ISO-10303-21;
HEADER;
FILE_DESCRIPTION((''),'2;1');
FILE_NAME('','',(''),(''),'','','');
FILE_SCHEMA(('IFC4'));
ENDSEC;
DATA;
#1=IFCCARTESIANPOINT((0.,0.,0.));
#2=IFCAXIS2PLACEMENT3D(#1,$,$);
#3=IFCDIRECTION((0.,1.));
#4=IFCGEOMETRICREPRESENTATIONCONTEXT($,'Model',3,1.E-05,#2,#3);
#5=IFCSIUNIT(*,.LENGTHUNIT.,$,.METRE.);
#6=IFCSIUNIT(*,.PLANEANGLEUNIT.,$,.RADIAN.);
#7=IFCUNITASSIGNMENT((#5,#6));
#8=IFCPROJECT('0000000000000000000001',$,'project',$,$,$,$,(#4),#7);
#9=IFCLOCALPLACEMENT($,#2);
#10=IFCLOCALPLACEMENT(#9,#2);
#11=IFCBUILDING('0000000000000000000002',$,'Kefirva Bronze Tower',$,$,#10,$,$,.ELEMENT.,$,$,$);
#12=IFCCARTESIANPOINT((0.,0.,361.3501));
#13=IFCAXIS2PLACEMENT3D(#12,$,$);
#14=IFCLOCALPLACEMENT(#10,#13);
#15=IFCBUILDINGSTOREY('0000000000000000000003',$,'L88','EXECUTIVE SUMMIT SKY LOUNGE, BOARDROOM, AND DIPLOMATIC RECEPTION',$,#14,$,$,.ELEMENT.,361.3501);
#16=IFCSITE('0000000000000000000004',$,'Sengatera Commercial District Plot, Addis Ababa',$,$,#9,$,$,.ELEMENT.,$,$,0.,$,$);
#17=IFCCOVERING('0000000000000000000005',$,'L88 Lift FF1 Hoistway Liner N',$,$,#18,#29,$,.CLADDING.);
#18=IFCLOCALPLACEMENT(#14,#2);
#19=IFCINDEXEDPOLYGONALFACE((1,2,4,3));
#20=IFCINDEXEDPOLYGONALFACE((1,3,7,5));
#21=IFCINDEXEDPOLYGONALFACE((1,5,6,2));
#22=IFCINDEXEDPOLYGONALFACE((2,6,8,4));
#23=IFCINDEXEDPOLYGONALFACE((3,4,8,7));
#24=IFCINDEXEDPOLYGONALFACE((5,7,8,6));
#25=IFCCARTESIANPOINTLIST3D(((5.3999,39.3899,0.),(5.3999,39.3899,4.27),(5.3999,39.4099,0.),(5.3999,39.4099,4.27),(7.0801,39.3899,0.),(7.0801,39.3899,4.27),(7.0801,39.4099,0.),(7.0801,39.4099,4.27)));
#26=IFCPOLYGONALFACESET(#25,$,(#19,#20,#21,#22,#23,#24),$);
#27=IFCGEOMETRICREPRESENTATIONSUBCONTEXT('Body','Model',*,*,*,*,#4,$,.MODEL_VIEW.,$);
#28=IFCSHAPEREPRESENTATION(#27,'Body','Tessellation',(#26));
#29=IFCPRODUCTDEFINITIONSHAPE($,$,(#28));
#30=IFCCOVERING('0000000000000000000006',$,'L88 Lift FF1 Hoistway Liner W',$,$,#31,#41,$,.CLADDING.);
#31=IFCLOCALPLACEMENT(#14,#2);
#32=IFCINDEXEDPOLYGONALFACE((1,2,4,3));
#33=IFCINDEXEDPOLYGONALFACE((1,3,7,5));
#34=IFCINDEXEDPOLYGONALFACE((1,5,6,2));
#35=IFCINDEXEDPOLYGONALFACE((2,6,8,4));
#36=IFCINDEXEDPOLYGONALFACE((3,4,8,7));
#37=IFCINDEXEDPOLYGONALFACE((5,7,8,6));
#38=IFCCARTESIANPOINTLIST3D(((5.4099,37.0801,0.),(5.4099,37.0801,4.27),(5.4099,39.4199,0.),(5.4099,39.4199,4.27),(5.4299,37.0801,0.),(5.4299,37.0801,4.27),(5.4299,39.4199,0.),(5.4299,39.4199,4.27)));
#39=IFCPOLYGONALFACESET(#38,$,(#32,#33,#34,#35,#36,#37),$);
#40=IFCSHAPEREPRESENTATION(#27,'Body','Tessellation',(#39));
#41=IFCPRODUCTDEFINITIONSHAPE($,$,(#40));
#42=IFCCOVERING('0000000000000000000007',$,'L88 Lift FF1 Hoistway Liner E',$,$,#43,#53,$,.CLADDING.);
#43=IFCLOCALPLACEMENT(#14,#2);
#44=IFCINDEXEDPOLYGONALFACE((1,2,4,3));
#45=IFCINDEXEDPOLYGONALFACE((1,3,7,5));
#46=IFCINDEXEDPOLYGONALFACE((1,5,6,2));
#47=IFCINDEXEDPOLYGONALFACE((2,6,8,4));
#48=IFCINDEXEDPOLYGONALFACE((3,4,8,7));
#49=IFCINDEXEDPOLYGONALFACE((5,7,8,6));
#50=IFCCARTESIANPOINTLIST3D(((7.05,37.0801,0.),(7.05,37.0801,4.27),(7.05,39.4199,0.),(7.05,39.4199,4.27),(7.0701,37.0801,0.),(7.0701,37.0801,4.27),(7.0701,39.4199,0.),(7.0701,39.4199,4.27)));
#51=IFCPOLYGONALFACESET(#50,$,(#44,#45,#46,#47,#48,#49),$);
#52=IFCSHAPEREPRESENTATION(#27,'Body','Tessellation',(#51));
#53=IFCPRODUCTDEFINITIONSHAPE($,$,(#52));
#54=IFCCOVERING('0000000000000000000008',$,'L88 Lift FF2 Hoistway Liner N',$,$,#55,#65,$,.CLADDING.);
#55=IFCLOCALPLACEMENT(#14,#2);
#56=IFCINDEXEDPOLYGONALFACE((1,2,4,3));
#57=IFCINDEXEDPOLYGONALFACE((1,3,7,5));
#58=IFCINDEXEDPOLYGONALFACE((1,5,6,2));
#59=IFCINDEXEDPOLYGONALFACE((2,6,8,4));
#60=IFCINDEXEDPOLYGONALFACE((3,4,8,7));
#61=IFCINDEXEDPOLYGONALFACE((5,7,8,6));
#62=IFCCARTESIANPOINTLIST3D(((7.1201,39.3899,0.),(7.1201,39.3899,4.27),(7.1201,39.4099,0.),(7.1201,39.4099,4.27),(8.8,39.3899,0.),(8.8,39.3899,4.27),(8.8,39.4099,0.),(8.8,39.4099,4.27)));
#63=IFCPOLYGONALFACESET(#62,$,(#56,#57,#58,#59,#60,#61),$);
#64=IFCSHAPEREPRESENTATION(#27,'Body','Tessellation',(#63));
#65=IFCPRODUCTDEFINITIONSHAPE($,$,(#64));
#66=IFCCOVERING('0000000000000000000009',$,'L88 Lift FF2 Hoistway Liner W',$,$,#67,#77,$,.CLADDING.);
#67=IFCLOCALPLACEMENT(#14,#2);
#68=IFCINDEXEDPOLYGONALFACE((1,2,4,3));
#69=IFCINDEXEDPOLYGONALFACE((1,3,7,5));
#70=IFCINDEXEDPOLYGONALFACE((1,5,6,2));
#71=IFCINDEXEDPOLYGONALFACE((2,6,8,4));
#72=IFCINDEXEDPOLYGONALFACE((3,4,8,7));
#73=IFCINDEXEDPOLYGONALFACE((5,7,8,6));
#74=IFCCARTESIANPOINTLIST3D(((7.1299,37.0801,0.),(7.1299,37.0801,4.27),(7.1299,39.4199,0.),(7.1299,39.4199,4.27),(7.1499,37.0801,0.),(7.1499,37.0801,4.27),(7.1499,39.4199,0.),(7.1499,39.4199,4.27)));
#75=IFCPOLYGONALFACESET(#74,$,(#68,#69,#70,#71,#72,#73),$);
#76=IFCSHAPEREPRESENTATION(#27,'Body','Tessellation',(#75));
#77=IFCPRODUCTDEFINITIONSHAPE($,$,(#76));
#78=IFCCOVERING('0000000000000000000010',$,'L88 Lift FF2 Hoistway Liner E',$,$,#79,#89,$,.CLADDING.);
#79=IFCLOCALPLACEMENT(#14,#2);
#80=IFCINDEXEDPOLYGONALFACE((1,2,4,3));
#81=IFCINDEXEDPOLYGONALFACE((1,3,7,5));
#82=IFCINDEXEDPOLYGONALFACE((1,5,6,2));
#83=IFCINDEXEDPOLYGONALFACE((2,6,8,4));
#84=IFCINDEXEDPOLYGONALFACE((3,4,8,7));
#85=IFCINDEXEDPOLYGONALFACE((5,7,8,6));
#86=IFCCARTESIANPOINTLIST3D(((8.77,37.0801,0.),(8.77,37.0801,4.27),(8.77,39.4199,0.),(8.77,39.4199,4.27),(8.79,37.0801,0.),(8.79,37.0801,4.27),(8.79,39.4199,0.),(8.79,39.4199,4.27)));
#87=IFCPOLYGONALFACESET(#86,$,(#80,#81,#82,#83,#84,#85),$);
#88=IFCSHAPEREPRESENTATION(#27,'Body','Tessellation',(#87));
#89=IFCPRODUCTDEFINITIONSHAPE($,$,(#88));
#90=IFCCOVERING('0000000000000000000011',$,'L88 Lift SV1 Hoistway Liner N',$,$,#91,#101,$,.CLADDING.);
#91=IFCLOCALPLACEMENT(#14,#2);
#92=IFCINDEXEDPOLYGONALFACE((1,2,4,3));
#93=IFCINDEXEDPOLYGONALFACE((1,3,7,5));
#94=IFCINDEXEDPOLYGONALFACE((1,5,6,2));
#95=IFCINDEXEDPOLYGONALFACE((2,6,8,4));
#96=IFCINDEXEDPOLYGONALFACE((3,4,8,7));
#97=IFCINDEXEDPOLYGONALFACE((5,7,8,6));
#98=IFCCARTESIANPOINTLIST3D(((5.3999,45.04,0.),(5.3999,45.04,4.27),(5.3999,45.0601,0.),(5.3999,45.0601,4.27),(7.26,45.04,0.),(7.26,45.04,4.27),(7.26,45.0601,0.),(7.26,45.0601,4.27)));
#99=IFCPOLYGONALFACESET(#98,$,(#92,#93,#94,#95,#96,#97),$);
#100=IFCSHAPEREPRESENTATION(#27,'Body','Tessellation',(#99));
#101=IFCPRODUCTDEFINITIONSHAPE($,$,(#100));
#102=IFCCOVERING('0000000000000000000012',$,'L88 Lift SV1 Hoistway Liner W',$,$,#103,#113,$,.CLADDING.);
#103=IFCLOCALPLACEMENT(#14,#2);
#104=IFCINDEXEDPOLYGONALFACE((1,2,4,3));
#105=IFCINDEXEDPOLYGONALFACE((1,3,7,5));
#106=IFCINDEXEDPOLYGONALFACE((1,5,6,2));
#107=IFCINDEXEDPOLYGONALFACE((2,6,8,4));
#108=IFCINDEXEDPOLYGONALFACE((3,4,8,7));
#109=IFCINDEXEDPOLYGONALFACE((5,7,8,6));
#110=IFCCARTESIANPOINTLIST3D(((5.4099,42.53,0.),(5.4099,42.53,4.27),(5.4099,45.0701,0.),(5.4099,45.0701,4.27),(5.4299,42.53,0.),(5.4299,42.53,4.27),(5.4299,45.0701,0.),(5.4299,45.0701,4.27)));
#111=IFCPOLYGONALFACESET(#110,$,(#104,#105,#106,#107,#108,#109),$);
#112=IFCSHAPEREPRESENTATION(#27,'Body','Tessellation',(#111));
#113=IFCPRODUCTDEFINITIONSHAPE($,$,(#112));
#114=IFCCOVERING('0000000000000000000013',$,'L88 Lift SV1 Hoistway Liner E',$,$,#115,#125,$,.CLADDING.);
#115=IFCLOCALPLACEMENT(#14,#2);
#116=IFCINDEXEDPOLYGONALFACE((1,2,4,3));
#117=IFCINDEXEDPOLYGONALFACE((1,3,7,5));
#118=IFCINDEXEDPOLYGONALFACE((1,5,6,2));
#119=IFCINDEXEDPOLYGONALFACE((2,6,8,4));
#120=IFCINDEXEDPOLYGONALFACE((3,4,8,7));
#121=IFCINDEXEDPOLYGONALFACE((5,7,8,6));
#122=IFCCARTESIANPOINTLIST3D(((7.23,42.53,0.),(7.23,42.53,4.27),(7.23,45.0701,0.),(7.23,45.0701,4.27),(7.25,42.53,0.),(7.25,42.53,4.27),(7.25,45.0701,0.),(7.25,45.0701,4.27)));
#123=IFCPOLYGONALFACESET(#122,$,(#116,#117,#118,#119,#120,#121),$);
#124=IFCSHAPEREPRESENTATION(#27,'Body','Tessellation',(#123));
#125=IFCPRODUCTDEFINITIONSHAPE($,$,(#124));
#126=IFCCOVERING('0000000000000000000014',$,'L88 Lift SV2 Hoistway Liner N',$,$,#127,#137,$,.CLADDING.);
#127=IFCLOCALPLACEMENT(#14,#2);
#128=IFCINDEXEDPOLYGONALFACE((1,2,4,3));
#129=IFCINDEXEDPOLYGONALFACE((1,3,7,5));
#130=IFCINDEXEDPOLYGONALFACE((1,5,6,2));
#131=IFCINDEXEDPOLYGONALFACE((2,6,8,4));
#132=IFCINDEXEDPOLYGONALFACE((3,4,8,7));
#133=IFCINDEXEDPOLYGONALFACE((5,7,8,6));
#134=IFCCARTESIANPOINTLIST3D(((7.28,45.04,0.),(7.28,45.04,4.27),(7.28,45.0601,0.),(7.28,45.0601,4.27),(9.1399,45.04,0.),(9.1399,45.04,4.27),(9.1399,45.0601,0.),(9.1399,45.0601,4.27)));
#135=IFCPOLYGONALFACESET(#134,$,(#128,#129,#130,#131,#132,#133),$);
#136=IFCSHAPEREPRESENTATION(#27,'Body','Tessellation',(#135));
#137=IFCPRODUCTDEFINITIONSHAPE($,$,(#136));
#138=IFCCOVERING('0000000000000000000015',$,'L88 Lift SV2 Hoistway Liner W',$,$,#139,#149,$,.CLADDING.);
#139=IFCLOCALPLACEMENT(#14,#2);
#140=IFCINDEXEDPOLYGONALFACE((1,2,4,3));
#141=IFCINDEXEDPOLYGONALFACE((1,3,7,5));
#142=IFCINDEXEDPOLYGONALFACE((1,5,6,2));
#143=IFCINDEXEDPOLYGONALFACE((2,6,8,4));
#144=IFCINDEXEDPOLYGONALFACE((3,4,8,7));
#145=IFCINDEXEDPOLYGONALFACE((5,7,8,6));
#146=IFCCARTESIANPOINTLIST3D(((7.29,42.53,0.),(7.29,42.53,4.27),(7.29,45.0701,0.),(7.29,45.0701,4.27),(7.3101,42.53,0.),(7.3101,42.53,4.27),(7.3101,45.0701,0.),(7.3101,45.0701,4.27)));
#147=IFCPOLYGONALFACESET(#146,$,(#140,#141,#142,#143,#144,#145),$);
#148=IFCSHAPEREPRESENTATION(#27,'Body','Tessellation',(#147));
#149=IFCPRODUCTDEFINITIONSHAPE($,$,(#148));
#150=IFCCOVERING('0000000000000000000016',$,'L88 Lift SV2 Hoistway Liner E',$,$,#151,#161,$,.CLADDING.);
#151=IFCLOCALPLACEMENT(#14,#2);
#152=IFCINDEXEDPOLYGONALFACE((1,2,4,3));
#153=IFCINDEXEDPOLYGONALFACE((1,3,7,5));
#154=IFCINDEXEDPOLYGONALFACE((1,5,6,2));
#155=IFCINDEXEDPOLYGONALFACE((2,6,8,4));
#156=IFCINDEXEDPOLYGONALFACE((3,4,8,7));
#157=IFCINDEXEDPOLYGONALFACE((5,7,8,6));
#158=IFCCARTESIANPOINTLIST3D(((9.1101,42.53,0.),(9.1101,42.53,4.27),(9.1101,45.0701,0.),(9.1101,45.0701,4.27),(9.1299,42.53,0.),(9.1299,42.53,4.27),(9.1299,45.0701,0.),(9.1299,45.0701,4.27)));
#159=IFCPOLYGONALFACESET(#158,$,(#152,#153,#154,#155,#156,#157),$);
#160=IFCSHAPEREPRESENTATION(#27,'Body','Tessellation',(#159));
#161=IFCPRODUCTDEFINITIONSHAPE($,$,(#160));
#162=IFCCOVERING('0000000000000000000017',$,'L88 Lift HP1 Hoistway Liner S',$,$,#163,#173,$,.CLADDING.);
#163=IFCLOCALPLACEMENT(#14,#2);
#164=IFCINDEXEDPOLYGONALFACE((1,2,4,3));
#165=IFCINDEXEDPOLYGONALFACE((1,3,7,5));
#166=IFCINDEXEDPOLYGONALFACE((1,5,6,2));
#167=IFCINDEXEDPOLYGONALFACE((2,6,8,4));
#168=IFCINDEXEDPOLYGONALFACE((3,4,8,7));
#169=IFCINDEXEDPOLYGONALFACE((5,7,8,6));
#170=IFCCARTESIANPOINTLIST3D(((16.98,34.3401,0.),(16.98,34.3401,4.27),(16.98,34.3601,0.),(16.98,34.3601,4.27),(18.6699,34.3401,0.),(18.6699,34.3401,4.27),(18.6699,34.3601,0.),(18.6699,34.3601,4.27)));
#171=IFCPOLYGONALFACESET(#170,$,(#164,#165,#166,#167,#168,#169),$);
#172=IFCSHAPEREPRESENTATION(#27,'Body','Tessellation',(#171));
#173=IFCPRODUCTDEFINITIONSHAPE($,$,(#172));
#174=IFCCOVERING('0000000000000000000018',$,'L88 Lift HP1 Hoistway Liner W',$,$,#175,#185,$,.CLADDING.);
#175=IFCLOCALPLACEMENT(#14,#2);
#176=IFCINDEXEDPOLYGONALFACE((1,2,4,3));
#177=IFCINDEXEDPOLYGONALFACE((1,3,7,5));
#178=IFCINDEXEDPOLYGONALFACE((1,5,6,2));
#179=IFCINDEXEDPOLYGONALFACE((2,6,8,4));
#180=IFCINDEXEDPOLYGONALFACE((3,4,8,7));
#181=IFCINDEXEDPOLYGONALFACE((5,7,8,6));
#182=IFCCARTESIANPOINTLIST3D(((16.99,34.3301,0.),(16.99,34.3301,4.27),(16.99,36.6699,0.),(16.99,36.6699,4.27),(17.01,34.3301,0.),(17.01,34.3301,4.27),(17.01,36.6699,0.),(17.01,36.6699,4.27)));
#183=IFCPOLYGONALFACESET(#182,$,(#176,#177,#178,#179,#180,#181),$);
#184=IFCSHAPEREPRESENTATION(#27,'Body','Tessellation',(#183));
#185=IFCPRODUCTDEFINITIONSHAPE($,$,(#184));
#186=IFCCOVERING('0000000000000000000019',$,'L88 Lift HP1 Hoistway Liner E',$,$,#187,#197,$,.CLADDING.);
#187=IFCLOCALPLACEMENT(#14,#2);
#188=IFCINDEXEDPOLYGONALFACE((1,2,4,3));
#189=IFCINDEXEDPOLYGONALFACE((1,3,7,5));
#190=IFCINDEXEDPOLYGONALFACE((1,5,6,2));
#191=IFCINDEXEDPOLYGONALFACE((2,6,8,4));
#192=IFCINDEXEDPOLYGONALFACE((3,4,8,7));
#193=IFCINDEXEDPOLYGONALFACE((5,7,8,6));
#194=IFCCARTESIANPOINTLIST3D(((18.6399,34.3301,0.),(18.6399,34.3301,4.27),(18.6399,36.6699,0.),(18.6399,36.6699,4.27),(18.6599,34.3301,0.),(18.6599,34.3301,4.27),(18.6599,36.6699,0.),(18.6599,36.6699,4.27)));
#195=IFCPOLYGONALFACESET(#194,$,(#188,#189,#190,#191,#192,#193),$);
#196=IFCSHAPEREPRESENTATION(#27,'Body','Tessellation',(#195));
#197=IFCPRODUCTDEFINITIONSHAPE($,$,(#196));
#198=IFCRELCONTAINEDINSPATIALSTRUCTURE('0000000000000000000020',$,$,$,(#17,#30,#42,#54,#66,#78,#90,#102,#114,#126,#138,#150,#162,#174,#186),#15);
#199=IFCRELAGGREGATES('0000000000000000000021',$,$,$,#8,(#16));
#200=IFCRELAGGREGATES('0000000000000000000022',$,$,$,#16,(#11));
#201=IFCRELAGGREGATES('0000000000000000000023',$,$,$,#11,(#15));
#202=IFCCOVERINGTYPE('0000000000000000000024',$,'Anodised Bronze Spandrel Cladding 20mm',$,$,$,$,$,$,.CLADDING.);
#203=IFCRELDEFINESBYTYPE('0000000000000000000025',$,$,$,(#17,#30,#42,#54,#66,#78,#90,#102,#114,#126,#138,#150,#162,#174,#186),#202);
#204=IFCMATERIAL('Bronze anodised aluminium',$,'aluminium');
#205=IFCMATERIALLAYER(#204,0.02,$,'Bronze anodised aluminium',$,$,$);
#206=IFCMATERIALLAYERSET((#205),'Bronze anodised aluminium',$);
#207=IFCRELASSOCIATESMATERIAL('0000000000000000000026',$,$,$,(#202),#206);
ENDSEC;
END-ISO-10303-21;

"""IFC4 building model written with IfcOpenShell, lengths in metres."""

from ifc_helpers import new_model, si_unit, direction, frame, origin, place, context, subcontext, project, spatial, polyline, outline, extrude, material, layer, layer_set, type_object, element, save


model = new_model("IFC4")

# Units and contexts
model_context = context("Model", 3, precision=1e-05, world=origin(), true_north=direction((0.0, 1.0)))
body_context = subcontext(model_context, "Body", "Model", "MODEL_VIEW")
ifc_project = project(units=[si_unit("LENGTHUNIT", "METRE"), si_unit("PLANEANGLEUNIT", "RADIAN")], contexts=[model_context])

# Site, building, storey
site_placement = place(None, origin())
site = spatial("IfcSite", under=ifc_project, at=site_placement, Name="Sengatera Commercial District Plot, Addis Ababa", CompositionType="ELEMENT", RefElevation=0.0)
building_placement = place(site_placement, origin())
building = spatial("IfcBuilding", under=site, at=building_placement, Name="Kefirva Bronze Tower", CompositionType="ELEMENT")
storey_placement = place(building_placement, frame((0.0, 0.0, 361.3501)))
storey = spatial("IfcBuildingStorey", under=building, at=storey_placement, Name="L88", Description="EXECUTIVE SUMMIT SKY LOUNGE, BOARDROOM, AND DIPLOMATIC RECEPTION", CompositionType="ELEMENT", Elevation=361.3501)

# Shared definitions
ifc_material_1 = material(Name="Bronze anodised aluminium", Category="aluminium")

# Coverings
ifc_layer_1 = layer(ifc_material_1, 0.02, Name="Bronze anodised aluminium")
ifc_layer_set_1 = layer_set([ifc_layer_1], Name="Bronze anodised aluminium")
covering_type_1 = type_object("IfcCoveringType", Name="Anodised Bronze Spandrel Cladding 20mm", PredefinedType="CLADDING", material=ifc_layer_set_1)
covering_1_placement = place(storey_placement, origin())
element("IfcCovering", 1, at=covering_1_placement, inside=storey, type_object=covering_type_1, Name="L88 Lift FF1 Hoistway Liner N", PredefinedType="CLADDING", context=body_context, shape_type="SweptSolid", body=[
    extrude(outline(polyline([(5.3999, 39.3899), (7.0801, 39.3899), (7.0801, 39.4099), (5.3999, 39.4099), (5.3999, 39.3899)])), origin(), (0.0, 0.0, 1.0), 4.27),
])
covering_2_placement = place(storey_placement, origin())
element("IfcCovering", 2, at=covering_2_placement, inside=storey, type_object=covering_type_1, Name="L88 Lift FF1 Hoistway Liner W", PredefinedType="CLADDING", context=body_context, shape_type="SweptSolid", body=[
    extrude(outline(polyline([(5.4099, 37.0801), (5.4299, 37.0801), (5.4299, 39.4199), (5.4099, 39.4199), (5.4099, 37.0801)])), origin(), (0.0, 0.0, 1.0), 4.27),
])
covering_3_placement = place(storey_placement, origin())
element("IfcCovering", 3, at=covering_3_placement, inside=storey, type_object=covering_type_1, Name="L88 Lift FF1 Hoistway Liner E", PredefinedType="CLADDING", context=body_context, shape_type="SweptSolid", body=[
    extrude(outline(polyline([(7.05, 37.0801), (7.0701, 37.0801), (7.0701, 39.4199), (7.05, 39.4199), (7.05, 37.0801)])), origin(), (0.0, 0.0, 1.0), 4.27),
])
covering_4_placement = place(storey_placement, origin())
element("IfcCovering", 4, at=covering_4_placement, inside=storey, type_object=covering_type_1, Name="L88 Lift FF2 Hoistway Liner N", PredefinedType="CLADDING", context=body_context, shape_type="SweptSolid", body=[
    extrude(outline(polyline([(7.1201, 39.3899), (8.8, 39.3899), (8.8, 39.4099), (7.1201, 39.4099), (7.1201, 39.3899)])), origin(), (0.0, 0.0, 1.0), 4.27),
])
covering_5_placement = place(storey_placement, origin())
element("IfcCovering", 5, at=covering_5_placement, inside=storey, type_object=covering_type_1, Name="L88 Lift FF2 Hoistway Liner W", PredefinedType="CLADDING", context=body_context, shape_type="SweptSolid", body=[
    extrude(outline(polyline([(7.1299, 37.0801), (7.1499, 37.0801), (7.1499, 39.4199), (7.1299, 39.4199), (7.1299, 37.0801)])), origin(), (0.0, 0.0, 1.0), 4.27),
])
covering_6_placement = place(storey_placement, origin())
element("IfcCovering", 6, at=covering_6_placement, inside=storey, type_object=covering_type_1, Name="L88 Lift FF2 Hoistway Liner E", PredefinedType="CLADDING", context=body_context, shape_type="SweptSolid", body=[
    extrude(outline(polyline([(8.77, 37.0801), (8.79, 37.0801), (8.79, 39.4199), (8.77, 39.4199), (8.77, 37.0801)])), origin(), (0.0, 0.0, 1.0), 4.27),
])
covering_7_placement = place(storey_placement, origin())
element("IfcCovering", 7, at=covering_7_placement, inside=storey, type_object=covering_type_1, Name="L88 Lift SV1 Hoistway Liner N", PredefinedType="CLADDING", context=body_context, shape_type="SweptSolid", body=[
    extrude(outline(polyline([(5.3999, 45.04), (7.26, 45.04), (7.26, 45.0601), (5.3999, 45.0601), (5.3999, 45.04)])), origin(), (0.0, 0.0, 1.0), 4.27),
])
covering_8_placement = place(storey_placement, origin())
element("IfcCovering", 8, at=covering_8_placement, inside=storey, type_object=covering_type_1, Name="L88 Lift SV1 Hoistway Liner W", PredefinedType="CLADDING", context=body_context, shape_type="SweptSolid", body=[
    extrude(outline(polyline([(5.4099, 42.53), (5.4299, 42.53), (5.4299, 45.0701), (5.4099, 45.0701), (5.4099, 42.53)])), origin(), (0.0, 0.0, 1.0), 4.27),
])
covering_9_placement = place(storey_placement, origin())
element("IfcCovering", 9, at=covering_9_placement, inside=storey, type_object=covering_type_1, Name="L88 Lift SV1 Hoistway Liner E", PredefinedType="CLADDING", context=body_context, shape_type="SweptSolid", body=[
    extrude(outline(polyline([(7.23, 42.53), (7.25, 42.53), (7.25, 45.0701), (7.23, 45.0701), (7.23, 42.53)])), origin(), (0.0, 0.0, 1.0), 4.27),
])
covering_10_placement = place(storey_placement, origin())
element("IfcCovering", 10, at=covering_10_placement, inside=storey, type_object=covering_type_1, Name="L88 Lift SV2 Hoistway Liner N", PredefinedType="CLADDING", context=body_context, shape_type="SweptSolid", body=[
    extrude(outline(polyline([(7.28, 45.04), (9.1399, 45.04), (9.1399, 45.0601), (7.28, 45.0601), (7.28, 45.04)])), origin(), (0.0, 0.0, 1.0), 4.27),
])
covering_11_placement = place(storey_placement, origin())
element("IfcCovering", 11, at=covering_11_placement, inside=storey, type_object=covering_type_1, Name="L88 Lift SV2 Hoistway Liner W", PredefinedType="CLADDING", context=body_context, shape_type="SweptSolid", body=[
    extrude(outline(polyline([(7.29, 42.53), (7.3101, 42.53), (7.3101, 45.0701), (7.29, 45.0701), (7.29, 42.53)])), origin(), (0.0, 0.0, 1.0), 4.27),
])
covering_12_placement = place(storey_placement, origin())
element("IfcCovering", 12, at=covering_12_placement, inside=storey, type_object=covering_type_1, Name="L88 Lift SV2 Hoistway Liner E", PredefinedType="CLADDING", context=body_context, shape_type="SweptSolid", body=[
    extrude(outline(polyline([(9.1101, 42.53), (9.1299, 42.53), (9.1299, 45.0701), (9.1101, 45.0701), (9.1101, 42.53)])), origin(), (0.0, 0.0, 1.0), 4.27),
])
covering_13_placement = place(storey_placement, origin())
element("IfcCovering", 13, at=covering_13_placement, inside=storey, type_object=covering_type_1, Name="L88 Lift HP1 Hoistway Liner S", PredefinedType="CLADDING", context=body_context, shape_type="SweptSolid", body=[
    extrude(outline(polyline([(16.98, 34.3401), (18.6699, 34.3401), (18.6699, 34.3601), (16.98, 34.3601), (16.98, 34.3401)])), origin(), (0.0, 0.0, 1.0), 4.27),
])
covering_14_placement = place(storey_placement, origin())
element("IfcCovering", 14, at=covering_14_placement, inside=storey, type_object=covering_type_1, Name="L88 Lift HP1 Hoistway Liner W", PredefinedType="CLADDING", context=body_context, shape_type="SweptSolid", body=[
    extrude(outline(polyline([(16.99, 34.3301), (17.01, 34.3301), (17.01, 36.6699), (16.99, 36.6699), (16.99, 34.3301)])), origin(), (0.0, 0.0, 1.0), 4.27),
])
covering_15_placement = place(storey_placement, origin())
element("IfcCovering", 15, at=covering_15_placement, inside=storey, type_object=covering_type_1, Name="L88 Lift HP1 Hoistway Liner E", PredefinedType="CLADDING", context=body_context, shape_type="SweptSolid", body=[
    extrude(outline(polyline([(18.6399, 34.3301), (18.6599, 34.3301), (18.6599, 36.6699), (18.6399, 36.6699), (18.6399, 34.3301)])), origin(), (0.0, 0.0, 1.0), 4.27),
])

save(model, "model.ifc")
